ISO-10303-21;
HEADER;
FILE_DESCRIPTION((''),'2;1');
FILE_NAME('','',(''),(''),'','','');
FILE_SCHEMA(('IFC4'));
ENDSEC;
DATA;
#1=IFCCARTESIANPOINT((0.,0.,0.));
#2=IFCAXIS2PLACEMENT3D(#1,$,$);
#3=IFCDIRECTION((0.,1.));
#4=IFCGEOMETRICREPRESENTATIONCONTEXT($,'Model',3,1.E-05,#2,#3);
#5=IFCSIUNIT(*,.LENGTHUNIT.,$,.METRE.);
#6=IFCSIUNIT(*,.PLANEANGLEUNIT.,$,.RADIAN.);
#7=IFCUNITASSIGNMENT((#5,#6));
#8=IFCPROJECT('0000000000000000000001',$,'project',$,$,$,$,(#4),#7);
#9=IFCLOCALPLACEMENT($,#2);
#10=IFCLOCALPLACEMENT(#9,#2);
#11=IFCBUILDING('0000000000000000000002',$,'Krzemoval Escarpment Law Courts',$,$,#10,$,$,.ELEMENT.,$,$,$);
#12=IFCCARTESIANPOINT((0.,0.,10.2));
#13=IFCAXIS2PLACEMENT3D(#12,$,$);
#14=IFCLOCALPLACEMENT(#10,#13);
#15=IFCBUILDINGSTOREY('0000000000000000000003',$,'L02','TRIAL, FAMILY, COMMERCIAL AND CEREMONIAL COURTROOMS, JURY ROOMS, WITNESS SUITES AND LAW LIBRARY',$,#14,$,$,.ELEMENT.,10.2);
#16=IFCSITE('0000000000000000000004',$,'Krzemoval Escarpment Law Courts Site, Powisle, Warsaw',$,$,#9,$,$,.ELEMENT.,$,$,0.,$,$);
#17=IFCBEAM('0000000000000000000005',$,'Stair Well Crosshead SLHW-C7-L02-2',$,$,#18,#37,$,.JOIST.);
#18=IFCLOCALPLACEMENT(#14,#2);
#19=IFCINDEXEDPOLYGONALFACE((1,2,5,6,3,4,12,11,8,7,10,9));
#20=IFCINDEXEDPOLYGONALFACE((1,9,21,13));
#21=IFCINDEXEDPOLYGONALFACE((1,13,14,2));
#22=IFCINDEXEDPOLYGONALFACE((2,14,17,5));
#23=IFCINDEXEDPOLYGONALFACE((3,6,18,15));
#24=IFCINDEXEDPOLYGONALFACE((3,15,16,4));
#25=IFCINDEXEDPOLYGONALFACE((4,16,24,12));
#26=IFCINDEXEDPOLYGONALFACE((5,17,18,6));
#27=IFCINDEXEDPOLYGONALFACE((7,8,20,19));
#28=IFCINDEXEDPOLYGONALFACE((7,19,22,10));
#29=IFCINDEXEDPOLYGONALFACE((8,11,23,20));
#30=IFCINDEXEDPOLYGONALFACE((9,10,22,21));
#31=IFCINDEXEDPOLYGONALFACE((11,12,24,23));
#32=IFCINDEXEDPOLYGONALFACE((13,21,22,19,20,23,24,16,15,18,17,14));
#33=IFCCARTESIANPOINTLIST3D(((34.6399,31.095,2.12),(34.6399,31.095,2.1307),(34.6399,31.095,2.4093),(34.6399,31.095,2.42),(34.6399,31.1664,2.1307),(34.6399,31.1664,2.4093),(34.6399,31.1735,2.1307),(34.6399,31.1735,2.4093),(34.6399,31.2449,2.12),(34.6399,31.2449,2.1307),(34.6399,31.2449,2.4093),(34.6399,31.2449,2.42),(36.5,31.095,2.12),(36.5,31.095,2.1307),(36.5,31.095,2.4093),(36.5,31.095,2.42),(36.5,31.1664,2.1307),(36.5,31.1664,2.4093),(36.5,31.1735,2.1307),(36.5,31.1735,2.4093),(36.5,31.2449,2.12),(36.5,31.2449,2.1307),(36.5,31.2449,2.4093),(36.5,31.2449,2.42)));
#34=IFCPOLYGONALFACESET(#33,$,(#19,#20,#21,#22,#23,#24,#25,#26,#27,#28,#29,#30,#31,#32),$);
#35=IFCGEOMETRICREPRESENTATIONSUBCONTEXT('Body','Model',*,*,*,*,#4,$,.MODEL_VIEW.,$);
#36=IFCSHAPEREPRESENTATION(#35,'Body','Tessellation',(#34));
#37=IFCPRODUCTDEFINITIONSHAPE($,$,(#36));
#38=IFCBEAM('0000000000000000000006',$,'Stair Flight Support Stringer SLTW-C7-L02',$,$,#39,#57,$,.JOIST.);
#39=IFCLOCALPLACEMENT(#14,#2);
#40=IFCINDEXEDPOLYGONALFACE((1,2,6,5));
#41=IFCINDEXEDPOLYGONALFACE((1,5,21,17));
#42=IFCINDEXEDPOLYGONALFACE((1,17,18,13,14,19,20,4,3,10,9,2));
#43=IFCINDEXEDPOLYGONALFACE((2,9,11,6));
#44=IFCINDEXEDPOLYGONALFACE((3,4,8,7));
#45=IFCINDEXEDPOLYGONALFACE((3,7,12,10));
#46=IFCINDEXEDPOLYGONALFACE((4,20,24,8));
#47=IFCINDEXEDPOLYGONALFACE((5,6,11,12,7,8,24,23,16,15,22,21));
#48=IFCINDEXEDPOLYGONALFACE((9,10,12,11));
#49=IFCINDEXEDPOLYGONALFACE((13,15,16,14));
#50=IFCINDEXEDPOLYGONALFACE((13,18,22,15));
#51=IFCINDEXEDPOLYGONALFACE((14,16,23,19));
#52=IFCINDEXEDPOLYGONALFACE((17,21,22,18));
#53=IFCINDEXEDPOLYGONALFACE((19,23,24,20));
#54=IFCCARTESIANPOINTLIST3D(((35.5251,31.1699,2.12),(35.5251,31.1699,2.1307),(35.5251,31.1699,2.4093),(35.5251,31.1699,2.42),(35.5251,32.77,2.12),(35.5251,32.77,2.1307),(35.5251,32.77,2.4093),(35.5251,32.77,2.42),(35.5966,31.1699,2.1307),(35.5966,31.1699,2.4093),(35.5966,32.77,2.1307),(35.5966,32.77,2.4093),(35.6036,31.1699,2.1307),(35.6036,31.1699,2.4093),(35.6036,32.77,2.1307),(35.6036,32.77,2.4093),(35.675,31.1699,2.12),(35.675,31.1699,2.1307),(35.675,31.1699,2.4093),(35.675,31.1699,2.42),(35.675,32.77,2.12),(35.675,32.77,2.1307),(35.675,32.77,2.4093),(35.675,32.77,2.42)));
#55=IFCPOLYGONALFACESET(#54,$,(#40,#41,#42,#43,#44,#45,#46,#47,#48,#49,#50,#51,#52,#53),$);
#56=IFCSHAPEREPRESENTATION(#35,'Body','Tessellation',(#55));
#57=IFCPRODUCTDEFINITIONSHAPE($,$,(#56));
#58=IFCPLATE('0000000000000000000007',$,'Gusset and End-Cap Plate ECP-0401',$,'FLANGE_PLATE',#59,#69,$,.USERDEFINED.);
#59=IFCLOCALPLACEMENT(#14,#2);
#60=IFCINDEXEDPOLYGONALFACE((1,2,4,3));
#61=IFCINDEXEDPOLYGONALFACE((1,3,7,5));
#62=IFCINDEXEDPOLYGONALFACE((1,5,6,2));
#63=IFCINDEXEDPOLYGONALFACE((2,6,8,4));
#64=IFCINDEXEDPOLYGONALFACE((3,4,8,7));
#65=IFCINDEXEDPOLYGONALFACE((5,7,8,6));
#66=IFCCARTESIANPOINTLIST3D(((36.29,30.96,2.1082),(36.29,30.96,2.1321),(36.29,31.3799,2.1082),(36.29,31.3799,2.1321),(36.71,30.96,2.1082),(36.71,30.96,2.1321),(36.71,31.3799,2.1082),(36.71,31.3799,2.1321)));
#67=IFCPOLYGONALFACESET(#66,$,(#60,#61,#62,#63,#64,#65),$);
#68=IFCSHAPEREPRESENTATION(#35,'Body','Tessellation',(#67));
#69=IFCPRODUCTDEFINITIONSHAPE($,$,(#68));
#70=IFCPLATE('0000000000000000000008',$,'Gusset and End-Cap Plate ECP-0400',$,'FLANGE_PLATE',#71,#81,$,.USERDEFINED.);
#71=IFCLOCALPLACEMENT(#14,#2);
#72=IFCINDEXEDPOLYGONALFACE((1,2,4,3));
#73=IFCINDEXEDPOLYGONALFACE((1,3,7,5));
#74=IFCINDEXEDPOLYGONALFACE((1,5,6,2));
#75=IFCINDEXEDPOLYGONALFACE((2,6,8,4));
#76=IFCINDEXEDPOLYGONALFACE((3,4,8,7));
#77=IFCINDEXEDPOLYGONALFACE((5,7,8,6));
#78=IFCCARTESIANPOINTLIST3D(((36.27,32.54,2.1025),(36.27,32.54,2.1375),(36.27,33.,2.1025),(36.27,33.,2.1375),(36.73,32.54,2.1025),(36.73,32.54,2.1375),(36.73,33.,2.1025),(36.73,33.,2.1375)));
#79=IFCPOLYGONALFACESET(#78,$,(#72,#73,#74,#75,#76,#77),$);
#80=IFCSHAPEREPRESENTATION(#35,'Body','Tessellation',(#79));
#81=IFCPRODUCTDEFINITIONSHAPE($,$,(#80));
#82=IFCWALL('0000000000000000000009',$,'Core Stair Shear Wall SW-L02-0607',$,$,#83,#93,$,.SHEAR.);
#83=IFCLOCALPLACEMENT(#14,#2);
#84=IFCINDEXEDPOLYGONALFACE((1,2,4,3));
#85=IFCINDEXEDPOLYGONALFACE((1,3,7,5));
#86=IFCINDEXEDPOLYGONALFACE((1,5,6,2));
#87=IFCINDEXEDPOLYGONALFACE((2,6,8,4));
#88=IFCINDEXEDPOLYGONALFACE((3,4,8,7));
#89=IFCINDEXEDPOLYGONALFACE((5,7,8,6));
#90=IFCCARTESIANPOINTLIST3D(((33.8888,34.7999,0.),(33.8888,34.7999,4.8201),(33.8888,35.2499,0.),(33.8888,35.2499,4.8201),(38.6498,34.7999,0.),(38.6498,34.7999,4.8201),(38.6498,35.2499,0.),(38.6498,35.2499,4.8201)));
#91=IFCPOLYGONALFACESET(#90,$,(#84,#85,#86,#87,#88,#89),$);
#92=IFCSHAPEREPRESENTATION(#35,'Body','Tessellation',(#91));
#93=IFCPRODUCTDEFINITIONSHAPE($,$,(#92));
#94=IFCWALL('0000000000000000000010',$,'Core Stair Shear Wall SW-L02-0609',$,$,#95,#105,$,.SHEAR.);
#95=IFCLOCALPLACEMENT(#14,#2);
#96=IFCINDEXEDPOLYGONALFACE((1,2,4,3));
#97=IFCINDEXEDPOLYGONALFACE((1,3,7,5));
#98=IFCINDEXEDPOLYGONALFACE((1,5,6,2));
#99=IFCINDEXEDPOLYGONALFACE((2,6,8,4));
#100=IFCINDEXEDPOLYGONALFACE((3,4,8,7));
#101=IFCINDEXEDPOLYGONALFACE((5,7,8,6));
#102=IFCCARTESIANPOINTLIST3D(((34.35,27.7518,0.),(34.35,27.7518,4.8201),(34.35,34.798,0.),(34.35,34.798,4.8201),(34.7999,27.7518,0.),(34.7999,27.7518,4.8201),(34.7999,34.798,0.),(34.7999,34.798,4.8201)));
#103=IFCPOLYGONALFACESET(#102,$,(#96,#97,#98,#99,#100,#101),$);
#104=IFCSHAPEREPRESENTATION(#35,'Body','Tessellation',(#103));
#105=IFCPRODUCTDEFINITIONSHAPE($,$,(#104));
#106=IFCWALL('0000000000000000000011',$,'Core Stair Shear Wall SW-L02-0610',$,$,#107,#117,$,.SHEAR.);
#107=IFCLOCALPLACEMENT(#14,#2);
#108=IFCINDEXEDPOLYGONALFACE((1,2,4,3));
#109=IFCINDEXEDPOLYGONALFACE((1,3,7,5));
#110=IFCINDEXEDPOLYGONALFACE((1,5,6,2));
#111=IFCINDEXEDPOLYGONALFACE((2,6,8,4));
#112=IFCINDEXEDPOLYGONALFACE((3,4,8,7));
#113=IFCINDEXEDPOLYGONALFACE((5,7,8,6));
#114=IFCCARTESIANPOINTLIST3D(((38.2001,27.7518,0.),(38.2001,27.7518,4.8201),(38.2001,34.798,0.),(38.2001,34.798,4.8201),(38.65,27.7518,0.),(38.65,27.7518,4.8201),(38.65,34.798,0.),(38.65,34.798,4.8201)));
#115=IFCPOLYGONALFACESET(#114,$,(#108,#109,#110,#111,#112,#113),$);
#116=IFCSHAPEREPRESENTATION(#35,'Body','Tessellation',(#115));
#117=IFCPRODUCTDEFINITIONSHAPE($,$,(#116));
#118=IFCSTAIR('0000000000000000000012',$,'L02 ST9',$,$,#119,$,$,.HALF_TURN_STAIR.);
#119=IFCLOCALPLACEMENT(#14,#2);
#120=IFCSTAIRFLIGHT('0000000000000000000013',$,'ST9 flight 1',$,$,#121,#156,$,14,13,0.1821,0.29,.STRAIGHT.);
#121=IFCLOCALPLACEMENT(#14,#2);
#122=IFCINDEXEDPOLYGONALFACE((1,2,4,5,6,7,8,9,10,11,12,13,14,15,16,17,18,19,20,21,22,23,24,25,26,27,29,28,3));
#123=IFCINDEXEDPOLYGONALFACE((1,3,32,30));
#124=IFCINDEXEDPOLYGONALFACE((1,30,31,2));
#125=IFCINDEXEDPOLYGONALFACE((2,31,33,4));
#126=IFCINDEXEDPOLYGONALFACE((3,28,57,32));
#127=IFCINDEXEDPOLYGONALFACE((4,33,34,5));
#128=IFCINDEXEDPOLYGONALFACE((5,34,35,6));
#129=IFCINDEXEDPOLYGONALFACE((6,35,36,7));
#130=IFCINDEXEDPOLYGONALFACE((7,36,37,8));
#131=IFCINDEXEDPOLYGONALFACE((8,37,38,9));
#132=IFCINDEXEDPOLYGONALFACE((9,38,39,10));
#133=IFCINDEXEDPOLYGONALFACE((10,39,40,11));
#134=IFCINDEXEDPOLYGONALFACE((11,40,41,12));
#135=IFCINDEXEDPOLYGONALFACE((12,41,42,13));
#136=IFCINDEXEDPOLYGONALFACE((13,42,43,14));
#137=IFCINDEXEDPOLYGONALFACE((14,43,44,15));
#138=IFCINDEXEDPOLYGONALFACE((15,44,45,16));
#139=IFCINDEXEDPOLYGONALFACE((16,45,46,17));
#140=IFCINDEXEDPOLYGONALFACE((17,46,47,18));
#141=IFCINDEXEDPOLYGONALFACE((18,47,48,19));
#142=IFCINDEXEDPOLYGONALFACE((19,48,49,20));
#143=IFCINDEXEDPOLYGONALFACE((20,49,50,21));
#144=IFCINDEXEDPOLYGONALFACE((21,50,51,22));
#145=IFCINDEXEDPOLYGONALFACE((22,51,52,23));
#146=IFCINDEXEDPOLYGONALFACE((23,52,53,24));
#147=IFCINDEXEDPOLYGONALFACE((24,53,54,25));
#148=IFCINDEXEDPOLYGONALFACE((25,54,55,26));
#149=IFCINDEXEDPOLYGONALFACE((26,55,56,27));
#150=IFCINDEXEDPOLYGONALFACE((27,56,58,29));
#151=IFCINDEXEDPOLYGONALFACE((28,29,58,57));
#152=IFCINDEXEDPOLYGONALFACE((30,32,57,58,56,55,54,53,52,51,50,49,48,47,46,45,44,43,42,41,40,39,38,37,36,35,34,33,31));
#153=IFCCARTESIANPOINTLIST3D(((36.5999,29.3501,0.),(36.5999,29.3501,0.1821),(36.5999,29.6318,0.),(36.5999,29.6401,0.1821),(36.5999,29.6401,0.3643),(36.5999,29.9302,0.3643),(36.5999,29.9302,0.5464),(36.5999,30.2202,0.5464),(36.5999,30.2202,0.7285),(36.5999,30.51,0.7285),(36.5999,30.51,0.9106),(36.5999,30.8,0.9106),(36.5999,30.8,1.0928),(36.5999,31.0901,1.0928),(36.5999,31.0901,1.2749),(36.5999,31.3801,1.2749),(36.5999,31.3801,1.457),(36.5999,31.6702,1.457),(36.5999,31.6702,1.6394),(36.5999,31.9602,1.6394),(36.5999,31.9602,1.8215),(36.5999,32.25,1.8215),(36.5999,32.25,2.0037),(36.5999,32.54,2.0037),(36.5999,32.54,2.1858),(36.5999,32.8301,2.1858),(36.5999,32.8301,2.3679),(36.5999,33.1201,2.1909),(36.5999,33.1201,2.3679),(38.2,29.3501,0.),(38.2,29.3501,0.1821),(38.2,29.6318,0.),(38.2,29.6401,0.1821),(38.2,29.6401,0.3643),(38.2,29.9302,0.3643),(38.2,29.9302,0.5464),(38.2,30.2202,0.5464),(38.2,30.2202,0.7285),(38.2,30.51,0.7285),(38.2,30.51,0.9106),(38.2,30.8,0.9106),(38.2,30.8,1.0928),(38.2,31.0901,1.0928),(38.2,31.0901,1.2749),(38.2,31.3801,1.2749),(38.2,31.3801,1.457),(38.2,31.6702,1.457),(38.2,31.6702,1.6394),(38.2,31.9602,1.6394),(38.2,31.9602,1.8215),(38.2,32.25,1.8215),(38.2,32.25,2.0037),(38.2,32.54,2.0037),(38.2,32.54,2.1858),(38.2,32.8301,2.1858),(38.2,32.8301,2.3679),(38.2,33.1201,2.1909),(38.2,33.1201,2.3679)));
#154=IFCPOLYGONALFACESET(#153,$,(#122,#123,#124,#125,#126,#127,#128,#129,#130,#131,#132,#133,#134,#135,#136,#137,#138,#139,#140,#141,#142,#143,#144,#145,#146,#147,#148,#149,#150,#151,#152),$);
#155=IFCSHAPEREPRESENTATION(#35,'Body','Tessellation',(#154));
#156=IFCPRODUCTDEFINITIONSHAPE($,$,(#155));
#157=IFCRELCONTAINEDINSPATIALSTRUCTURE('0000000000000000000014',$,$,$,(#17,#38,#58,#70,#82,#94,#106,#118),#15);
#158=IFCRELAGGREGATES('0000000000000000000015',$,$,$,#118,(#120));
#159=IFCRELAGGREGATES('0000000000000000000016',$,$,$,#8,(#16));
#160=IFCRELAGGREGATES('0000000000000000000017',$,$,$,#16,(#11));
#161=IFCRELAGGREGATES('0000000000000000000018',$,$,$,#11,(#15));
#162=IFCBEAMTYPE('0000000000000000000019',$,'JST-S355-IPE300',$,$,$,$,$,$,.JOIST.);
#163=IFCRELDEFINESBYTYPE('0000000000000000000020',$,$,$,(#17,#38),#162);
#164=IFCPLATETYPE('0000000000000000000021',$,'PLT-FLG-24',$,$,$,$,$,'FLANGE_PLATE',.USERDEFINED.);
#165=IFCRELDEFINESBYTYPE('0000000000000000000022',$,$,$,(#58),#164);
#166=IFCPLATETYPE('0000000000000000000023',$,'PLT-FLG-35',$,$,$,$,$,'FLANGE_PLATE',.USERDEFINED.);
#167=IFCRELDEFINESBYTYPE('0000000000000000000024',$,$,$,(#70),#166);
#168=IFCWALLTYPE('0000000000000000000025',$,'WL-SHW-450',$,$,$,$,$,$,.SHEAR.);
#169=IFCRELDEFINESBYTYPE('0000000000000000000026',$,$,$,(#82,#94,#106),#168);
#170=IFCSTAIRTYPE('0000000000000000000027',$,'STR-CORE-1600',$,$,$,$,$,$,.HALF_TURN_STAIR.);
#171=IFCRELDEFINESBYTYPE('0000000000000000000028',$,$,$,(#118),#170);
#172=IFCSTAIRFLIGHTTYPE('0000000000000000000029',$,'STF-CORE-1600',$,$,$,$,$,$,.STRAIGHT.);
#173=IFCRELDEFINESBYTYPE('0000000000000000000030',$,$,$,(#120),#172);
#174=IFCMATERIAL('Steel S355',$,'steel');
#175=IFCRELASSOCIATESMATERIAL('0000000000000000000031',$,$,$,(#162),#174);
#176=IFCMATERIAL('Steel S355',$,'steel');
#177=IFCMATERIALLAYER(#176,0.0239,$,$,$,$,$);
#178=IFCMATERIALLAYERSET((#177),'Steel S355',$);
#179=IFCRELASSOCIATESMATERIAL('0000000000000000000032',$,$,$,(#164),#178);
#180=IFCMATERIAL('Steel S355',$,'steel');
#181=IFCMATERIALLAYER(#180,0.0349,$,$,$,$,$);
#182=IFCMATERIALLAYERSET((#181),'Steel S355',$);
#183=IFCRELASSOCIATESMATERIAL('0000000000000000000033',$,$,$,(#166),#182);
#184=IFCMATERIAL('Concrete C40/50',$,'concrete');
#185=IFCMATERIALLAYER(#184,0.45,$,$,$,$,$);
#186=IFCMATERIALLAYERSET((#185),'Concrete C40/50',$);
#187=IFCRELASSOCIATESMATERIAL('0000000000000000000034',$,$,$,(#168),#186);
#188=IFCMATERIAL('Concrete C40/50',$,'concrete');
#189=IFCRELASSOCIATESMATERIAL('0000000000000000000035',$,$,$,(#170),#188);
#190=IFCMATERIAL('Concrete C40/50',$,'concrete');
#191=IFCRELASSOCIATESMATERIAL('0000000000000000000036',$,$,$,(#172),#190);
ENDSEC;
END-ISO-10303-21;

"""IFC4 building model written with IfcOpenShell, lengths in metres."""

from ifc_helpers import new_model, si_unit, direction, frame, frame_2d, origin, origin_2d, place, context, subcontext, project, spatial, polyline, rectangle, i_section, outline, extrude, material, layer, layer_set, material_profile, profile_set, type_object, element, aggregate, save


model = new_model("IFC4")

# Units and contexts
model_context = context("Model", 3, precision=1e-05, world=origin(), true_north=direction((0.0, 1.0)))
body_context = subcontext(model_context, "Body", "Model", "MODEL_VIEW")
ifc_project = project(units=[si_unit("LENGTHUNIT", "METRE"), si_unit("PLANEANGLEUNIT", "RADIAN")], contexts=[model_context])

# Site, building, storey
site_placement = place(None, origin())
site = spatial("IfcSite", under=ifc_project, at=site_placement, Name="Krzemoval Escarpment Law Courts Site, Powisle, Warsaw", CompositionType="ELEMENT", RefElevation=0.0)
building_placement = place(site_placement, origin())
building = spatial("IfcBuilding", under=site, at=building_placement, Name="Krzemoval Escarpment Law Courts", CompositionType="ELEMENT")
storey_placement = place(building_placement, frame((0.0, 0.0, 10.2)))
storey = spatial("IfcBuildingStorey", under=building, at=storey_placement, Name="L02", Description="TRIAL, FAMILY, COMMERCIAL AND CEREMONIAL COURTROOMS, JURY ROOMS, WITNESS SUITES AND LAW LIBRARY", CompositionType="ELEMENT", Elevation=10.2)

# Beams
ifc_material_1 = material(Name="Steel S355", Category="steel")
ifc_material_profile_1 = material_profile(ifc_material_1, i_section(OverallWidth=0.1499, OverallDepth=0.3, WebThickness=0.0071, FlangeThickness=0.0107, at=origin_2d()), Name="IPE 300")
ifc_profile_set_1 = profile_set([ifc_material_profile_1], Name="Steel S355")
beam_type_1 = type_object("IfcBeamType", Name="JST-S355-IPE300", PredefinedType="JOIST", material=ifc_profile_set_1)
for number, where, z_axis, x_axis, name in (
    (1, (36.5, 31.1699, 2.27), (-1.0, 0.0, 0.0), (0.0, -1.0, 0.0), "Stair Well Crosshead SLHW-C7-L02-2"),
):
    element("IfcBeam", number, at=place(storey_placement, frame(where, z_axis=z_axis, x_axis=x_axis)), inside=storey, type_object=beam_type_1, Name=name, PredefinedType="JOIST", context=body_context, shape_type="SweptSolid", body=[
        extrude(i_section(OverallWidth=0.1499, OverallDepth=0.3, WebThickness=0.0071, FlangeThickness=0.0107, at=origin_2d()), origin(), (0.0, 0.0, 1.0), 1.8601),
    ])
beam_1_placement = place(storey_placement, frame((35.6001, 32.77, 2.27), z_axis=(0.0, -1.0, 0.0), x_axis=(1.0, 0.0, 0.0)))
element("IfcBeam", 2, at=beam_1_placement, inside=storey, type_object=beam_type_1, Name="Stair Flight Support Stringer SLTW-C7-L02", PredefinedType="JOIST", context=body_context, shape_type="SweptSolid", body=[
    extrude(i_section(OverallWidth=0.1499, OverallDepth=0.3, WebThickness=0.0071, FlangeThickness=0.0107, at=origin_2d()), origin(), (0.0, 0.0, 1.0), 1.6001),
])

# Plates
ifc_material_2 = material(Name="Steel S355", Category="steel")
ifc_layer_1 = layer(ifc_material_2, 0.0239)
ifc_layer_set_1 = layer_set([ifc_layer_1], Name="Steel S355")
plate_type_1 = type_object("IfcPlateType", Name="PLT-FLG-24", ElementType="FLANGE_PLATE", PredefinedType="USERDEFINED", material=ifc_layer_set_1)
plate_1_placement = place(storey_placement, frame((36.5, 31.1699, 2.1082), z_axis=(0.0, 0.0, 1.0), x_axis=(1.0, 0.0, 0.0)))
element("IfcPlate", 3, at=plate_1_placement, inside=storey, type_object=plate_type_1, Name="Gusset and End-Cap Plate ECP-0401", ObjectType="FLANGE_PLATE", PredefinedType="USERDEFINED", context=body_context, shape_type="SweptSolid", body=[
    extrude(rectangle(XDim=0.4199, YDim=0.4199, at=origin_2d()), origin(), (0.0, 0.0, 1.0), 0.0239),
])
ifc_material_3 = material(Name="Steel S355", Category="steel")
ifc_layer_2 = layer(ifc_material_3, 0.0349)
ifc_layer_set_2 = layer_set([ifc_layer_2], Name="Steel S355")
plate_type_2 = type_object("IfcPlateType", Name="PLT-FLG-35", ElementType="FLANGE_PLATE", PredefinedType="USERDEFINED", material=ifc_layer_set_2)
plate_2_placement = place(storey_placement, frame((36.5, 32.77, 2.1025), z_axis=(0.0, 0.0, 1.0), x_axis=(1.0, 0.0, 0.0)))
element("IfcPlate", 4, at=plate_2_placement, inside=storey, type_object=plate_type_2, Name="Gusset and End-Cap Plate ECP-0400", ObjectType="FLANGE_PLATE", PredefinedType="USERDEFINED", context=body_context, shape_type="SweptSolid", body=[
    extrude(rectangle(XDim=0.46, YDim=0.46, at=origin_2d()), origin(), (0.0, 0.0, 1.0), 0.0349),
])

# Walls
ifc_material_4 = material(Name="Concrete C40/50", Category="concrete")
ifc_layer_3 = layer(ifc_material_4, 0.45)
ifc_layer_set_3 = layer_set([ifc_layer_3], Name="Concrete C40/50")
wall_type = type_object("IfcWallType", Name="WL-SHW-450", PredefinedType="SHEAR", material=ifc_layer_set_3)
wall_placement = place(storey_placement, frame((33.8889, 35.0249, 0.0), z_axis=(0.0, 0.0, 1.0), x_axis=(1.0, 0.0, 0.0)))
element("IfcWall", 5, at=wall_placement, inside=storey, type_object=wall_type, Name="Core Stair Shear Wall SW-L02-0607", PredefinedType="SHEAR", context=body_context, shape_type="SweptSolid", body=[
    extrude(rectangle(XDim=4.761, YDim=0.45, at=frame_2d((2.3804, 0.0))), origin(), (0.0, 0.0, 1.0), 4.8201),
])
for number, where, z_axis, x_axis, name in (
    (6, (34.575, 27.752, 0.0), (0.0, 0.0, 1.0), (0.0, 1.0, 0.0), "Core Stair Shear Wall SW-L02-0609"),
    (7, (38.425, 27.752, 0.0), (0.0, 0.0, 1.0), (0.0, 1.0, 0.0), "Core Stair Shear Wall SW-L02-0610"),
):
    element("IfcWall", number, at=place(storey_placement, frame(where, z_axis=z_axis, x_axis=x_axis)), inside=storey, type_object=wall_type, Name=name, PredefinedType="SHEAR", context=body_context, shape_type="SweptSolid", body=[
        extrude(rectangle(XDim=7.0461, YDim=0.45, at=frame_2d((3.5229, 0.0))), origin(), (0.0, 0.0, 1.0), 4.8201),
    ])

# Stair, stair flight
ifc_material_5 = material(Name="Concrete C40/50", Category="concrete")
stair_type = type_object("IfcStairType", Name="STR-CORE-1600", PredefinedType="HALF_TURN_STAIR", material=ifc_material_5)
stair_placement = place(storey_placement, origin())
stair = element("IfcStair", 8, at=stair_placement, inside=storey, type_object=stair_type, Name="L02 ST9", PredefinedType="HALF_TURN_STAIR")
ifc_material_6 = material(Name="Concrete C40/50", Category="concrete")
stair_flight_type = type_object("IfcStairFlightType", Name="STF-CORE-1600", PredefinedType="STRAIGHT", material=ifc_material_6)
stair_flight_1_placement = place(storey_placement, frame((37.3999, 29.3501, 0.0), z_axis=(0.0, 0.0, 1.0), x_axis=(0.0, 1.0, 0.0)))
stair_flight_1 = element("IfcStairFlight", 9, at=stair_flight_1_placement, type_object=stair_flight_type, Name="ST9 flight 1", NumberOfRisers=14, NumberOfTreads=13, PredefinedType="STRAIGHT", RiserHeight=0.1821, TreadLength=0.29, context=body_context, shape_type="SweptSolid", body=[
    extrude(outline(polyline([(0.0, 0.0), (0.0, 0.1821), (0.29, 0.1821), (0.29, 0.3643), (0.5801, 0.3643), (0.5801, 0.5464), (0.8701, 0.5464), (0.8701, 0.7285), (1.1599, 0.7285), (1.1599, 0.9106), (1.45, 0.9106), (1.45, 1.0928), (1.74, 1.0928), (1.74, 1.2749), (2.03, 1.2749), (2.03, 1.457), (2.3201, 1.457), (2.3201, 1.6394), (2.6101, 1.6394), (2.6101, 1.8215), (2.8999, 1.8215), (2.8999, 2.0037), (3.1899, 2.0037), (3.1899, 2.1858), (3.48, 2.1858), (3.48, 2.3679), (3.77, 2.3679), (3.77, 2.55), (3.77, 2.1909), (0.2817, 0.0), (0.0, 0.0)])), frame((0.0, 0.8, 0.0), z_axis=(0.0, -1.0, 0.0), x_axis=(1.0, 0.0, 0.0)), (0.0, 0.0, 1.0), 1.6001),
])
aggregate(stair, [stair_flight_1])

save(model, "model.ifc")
